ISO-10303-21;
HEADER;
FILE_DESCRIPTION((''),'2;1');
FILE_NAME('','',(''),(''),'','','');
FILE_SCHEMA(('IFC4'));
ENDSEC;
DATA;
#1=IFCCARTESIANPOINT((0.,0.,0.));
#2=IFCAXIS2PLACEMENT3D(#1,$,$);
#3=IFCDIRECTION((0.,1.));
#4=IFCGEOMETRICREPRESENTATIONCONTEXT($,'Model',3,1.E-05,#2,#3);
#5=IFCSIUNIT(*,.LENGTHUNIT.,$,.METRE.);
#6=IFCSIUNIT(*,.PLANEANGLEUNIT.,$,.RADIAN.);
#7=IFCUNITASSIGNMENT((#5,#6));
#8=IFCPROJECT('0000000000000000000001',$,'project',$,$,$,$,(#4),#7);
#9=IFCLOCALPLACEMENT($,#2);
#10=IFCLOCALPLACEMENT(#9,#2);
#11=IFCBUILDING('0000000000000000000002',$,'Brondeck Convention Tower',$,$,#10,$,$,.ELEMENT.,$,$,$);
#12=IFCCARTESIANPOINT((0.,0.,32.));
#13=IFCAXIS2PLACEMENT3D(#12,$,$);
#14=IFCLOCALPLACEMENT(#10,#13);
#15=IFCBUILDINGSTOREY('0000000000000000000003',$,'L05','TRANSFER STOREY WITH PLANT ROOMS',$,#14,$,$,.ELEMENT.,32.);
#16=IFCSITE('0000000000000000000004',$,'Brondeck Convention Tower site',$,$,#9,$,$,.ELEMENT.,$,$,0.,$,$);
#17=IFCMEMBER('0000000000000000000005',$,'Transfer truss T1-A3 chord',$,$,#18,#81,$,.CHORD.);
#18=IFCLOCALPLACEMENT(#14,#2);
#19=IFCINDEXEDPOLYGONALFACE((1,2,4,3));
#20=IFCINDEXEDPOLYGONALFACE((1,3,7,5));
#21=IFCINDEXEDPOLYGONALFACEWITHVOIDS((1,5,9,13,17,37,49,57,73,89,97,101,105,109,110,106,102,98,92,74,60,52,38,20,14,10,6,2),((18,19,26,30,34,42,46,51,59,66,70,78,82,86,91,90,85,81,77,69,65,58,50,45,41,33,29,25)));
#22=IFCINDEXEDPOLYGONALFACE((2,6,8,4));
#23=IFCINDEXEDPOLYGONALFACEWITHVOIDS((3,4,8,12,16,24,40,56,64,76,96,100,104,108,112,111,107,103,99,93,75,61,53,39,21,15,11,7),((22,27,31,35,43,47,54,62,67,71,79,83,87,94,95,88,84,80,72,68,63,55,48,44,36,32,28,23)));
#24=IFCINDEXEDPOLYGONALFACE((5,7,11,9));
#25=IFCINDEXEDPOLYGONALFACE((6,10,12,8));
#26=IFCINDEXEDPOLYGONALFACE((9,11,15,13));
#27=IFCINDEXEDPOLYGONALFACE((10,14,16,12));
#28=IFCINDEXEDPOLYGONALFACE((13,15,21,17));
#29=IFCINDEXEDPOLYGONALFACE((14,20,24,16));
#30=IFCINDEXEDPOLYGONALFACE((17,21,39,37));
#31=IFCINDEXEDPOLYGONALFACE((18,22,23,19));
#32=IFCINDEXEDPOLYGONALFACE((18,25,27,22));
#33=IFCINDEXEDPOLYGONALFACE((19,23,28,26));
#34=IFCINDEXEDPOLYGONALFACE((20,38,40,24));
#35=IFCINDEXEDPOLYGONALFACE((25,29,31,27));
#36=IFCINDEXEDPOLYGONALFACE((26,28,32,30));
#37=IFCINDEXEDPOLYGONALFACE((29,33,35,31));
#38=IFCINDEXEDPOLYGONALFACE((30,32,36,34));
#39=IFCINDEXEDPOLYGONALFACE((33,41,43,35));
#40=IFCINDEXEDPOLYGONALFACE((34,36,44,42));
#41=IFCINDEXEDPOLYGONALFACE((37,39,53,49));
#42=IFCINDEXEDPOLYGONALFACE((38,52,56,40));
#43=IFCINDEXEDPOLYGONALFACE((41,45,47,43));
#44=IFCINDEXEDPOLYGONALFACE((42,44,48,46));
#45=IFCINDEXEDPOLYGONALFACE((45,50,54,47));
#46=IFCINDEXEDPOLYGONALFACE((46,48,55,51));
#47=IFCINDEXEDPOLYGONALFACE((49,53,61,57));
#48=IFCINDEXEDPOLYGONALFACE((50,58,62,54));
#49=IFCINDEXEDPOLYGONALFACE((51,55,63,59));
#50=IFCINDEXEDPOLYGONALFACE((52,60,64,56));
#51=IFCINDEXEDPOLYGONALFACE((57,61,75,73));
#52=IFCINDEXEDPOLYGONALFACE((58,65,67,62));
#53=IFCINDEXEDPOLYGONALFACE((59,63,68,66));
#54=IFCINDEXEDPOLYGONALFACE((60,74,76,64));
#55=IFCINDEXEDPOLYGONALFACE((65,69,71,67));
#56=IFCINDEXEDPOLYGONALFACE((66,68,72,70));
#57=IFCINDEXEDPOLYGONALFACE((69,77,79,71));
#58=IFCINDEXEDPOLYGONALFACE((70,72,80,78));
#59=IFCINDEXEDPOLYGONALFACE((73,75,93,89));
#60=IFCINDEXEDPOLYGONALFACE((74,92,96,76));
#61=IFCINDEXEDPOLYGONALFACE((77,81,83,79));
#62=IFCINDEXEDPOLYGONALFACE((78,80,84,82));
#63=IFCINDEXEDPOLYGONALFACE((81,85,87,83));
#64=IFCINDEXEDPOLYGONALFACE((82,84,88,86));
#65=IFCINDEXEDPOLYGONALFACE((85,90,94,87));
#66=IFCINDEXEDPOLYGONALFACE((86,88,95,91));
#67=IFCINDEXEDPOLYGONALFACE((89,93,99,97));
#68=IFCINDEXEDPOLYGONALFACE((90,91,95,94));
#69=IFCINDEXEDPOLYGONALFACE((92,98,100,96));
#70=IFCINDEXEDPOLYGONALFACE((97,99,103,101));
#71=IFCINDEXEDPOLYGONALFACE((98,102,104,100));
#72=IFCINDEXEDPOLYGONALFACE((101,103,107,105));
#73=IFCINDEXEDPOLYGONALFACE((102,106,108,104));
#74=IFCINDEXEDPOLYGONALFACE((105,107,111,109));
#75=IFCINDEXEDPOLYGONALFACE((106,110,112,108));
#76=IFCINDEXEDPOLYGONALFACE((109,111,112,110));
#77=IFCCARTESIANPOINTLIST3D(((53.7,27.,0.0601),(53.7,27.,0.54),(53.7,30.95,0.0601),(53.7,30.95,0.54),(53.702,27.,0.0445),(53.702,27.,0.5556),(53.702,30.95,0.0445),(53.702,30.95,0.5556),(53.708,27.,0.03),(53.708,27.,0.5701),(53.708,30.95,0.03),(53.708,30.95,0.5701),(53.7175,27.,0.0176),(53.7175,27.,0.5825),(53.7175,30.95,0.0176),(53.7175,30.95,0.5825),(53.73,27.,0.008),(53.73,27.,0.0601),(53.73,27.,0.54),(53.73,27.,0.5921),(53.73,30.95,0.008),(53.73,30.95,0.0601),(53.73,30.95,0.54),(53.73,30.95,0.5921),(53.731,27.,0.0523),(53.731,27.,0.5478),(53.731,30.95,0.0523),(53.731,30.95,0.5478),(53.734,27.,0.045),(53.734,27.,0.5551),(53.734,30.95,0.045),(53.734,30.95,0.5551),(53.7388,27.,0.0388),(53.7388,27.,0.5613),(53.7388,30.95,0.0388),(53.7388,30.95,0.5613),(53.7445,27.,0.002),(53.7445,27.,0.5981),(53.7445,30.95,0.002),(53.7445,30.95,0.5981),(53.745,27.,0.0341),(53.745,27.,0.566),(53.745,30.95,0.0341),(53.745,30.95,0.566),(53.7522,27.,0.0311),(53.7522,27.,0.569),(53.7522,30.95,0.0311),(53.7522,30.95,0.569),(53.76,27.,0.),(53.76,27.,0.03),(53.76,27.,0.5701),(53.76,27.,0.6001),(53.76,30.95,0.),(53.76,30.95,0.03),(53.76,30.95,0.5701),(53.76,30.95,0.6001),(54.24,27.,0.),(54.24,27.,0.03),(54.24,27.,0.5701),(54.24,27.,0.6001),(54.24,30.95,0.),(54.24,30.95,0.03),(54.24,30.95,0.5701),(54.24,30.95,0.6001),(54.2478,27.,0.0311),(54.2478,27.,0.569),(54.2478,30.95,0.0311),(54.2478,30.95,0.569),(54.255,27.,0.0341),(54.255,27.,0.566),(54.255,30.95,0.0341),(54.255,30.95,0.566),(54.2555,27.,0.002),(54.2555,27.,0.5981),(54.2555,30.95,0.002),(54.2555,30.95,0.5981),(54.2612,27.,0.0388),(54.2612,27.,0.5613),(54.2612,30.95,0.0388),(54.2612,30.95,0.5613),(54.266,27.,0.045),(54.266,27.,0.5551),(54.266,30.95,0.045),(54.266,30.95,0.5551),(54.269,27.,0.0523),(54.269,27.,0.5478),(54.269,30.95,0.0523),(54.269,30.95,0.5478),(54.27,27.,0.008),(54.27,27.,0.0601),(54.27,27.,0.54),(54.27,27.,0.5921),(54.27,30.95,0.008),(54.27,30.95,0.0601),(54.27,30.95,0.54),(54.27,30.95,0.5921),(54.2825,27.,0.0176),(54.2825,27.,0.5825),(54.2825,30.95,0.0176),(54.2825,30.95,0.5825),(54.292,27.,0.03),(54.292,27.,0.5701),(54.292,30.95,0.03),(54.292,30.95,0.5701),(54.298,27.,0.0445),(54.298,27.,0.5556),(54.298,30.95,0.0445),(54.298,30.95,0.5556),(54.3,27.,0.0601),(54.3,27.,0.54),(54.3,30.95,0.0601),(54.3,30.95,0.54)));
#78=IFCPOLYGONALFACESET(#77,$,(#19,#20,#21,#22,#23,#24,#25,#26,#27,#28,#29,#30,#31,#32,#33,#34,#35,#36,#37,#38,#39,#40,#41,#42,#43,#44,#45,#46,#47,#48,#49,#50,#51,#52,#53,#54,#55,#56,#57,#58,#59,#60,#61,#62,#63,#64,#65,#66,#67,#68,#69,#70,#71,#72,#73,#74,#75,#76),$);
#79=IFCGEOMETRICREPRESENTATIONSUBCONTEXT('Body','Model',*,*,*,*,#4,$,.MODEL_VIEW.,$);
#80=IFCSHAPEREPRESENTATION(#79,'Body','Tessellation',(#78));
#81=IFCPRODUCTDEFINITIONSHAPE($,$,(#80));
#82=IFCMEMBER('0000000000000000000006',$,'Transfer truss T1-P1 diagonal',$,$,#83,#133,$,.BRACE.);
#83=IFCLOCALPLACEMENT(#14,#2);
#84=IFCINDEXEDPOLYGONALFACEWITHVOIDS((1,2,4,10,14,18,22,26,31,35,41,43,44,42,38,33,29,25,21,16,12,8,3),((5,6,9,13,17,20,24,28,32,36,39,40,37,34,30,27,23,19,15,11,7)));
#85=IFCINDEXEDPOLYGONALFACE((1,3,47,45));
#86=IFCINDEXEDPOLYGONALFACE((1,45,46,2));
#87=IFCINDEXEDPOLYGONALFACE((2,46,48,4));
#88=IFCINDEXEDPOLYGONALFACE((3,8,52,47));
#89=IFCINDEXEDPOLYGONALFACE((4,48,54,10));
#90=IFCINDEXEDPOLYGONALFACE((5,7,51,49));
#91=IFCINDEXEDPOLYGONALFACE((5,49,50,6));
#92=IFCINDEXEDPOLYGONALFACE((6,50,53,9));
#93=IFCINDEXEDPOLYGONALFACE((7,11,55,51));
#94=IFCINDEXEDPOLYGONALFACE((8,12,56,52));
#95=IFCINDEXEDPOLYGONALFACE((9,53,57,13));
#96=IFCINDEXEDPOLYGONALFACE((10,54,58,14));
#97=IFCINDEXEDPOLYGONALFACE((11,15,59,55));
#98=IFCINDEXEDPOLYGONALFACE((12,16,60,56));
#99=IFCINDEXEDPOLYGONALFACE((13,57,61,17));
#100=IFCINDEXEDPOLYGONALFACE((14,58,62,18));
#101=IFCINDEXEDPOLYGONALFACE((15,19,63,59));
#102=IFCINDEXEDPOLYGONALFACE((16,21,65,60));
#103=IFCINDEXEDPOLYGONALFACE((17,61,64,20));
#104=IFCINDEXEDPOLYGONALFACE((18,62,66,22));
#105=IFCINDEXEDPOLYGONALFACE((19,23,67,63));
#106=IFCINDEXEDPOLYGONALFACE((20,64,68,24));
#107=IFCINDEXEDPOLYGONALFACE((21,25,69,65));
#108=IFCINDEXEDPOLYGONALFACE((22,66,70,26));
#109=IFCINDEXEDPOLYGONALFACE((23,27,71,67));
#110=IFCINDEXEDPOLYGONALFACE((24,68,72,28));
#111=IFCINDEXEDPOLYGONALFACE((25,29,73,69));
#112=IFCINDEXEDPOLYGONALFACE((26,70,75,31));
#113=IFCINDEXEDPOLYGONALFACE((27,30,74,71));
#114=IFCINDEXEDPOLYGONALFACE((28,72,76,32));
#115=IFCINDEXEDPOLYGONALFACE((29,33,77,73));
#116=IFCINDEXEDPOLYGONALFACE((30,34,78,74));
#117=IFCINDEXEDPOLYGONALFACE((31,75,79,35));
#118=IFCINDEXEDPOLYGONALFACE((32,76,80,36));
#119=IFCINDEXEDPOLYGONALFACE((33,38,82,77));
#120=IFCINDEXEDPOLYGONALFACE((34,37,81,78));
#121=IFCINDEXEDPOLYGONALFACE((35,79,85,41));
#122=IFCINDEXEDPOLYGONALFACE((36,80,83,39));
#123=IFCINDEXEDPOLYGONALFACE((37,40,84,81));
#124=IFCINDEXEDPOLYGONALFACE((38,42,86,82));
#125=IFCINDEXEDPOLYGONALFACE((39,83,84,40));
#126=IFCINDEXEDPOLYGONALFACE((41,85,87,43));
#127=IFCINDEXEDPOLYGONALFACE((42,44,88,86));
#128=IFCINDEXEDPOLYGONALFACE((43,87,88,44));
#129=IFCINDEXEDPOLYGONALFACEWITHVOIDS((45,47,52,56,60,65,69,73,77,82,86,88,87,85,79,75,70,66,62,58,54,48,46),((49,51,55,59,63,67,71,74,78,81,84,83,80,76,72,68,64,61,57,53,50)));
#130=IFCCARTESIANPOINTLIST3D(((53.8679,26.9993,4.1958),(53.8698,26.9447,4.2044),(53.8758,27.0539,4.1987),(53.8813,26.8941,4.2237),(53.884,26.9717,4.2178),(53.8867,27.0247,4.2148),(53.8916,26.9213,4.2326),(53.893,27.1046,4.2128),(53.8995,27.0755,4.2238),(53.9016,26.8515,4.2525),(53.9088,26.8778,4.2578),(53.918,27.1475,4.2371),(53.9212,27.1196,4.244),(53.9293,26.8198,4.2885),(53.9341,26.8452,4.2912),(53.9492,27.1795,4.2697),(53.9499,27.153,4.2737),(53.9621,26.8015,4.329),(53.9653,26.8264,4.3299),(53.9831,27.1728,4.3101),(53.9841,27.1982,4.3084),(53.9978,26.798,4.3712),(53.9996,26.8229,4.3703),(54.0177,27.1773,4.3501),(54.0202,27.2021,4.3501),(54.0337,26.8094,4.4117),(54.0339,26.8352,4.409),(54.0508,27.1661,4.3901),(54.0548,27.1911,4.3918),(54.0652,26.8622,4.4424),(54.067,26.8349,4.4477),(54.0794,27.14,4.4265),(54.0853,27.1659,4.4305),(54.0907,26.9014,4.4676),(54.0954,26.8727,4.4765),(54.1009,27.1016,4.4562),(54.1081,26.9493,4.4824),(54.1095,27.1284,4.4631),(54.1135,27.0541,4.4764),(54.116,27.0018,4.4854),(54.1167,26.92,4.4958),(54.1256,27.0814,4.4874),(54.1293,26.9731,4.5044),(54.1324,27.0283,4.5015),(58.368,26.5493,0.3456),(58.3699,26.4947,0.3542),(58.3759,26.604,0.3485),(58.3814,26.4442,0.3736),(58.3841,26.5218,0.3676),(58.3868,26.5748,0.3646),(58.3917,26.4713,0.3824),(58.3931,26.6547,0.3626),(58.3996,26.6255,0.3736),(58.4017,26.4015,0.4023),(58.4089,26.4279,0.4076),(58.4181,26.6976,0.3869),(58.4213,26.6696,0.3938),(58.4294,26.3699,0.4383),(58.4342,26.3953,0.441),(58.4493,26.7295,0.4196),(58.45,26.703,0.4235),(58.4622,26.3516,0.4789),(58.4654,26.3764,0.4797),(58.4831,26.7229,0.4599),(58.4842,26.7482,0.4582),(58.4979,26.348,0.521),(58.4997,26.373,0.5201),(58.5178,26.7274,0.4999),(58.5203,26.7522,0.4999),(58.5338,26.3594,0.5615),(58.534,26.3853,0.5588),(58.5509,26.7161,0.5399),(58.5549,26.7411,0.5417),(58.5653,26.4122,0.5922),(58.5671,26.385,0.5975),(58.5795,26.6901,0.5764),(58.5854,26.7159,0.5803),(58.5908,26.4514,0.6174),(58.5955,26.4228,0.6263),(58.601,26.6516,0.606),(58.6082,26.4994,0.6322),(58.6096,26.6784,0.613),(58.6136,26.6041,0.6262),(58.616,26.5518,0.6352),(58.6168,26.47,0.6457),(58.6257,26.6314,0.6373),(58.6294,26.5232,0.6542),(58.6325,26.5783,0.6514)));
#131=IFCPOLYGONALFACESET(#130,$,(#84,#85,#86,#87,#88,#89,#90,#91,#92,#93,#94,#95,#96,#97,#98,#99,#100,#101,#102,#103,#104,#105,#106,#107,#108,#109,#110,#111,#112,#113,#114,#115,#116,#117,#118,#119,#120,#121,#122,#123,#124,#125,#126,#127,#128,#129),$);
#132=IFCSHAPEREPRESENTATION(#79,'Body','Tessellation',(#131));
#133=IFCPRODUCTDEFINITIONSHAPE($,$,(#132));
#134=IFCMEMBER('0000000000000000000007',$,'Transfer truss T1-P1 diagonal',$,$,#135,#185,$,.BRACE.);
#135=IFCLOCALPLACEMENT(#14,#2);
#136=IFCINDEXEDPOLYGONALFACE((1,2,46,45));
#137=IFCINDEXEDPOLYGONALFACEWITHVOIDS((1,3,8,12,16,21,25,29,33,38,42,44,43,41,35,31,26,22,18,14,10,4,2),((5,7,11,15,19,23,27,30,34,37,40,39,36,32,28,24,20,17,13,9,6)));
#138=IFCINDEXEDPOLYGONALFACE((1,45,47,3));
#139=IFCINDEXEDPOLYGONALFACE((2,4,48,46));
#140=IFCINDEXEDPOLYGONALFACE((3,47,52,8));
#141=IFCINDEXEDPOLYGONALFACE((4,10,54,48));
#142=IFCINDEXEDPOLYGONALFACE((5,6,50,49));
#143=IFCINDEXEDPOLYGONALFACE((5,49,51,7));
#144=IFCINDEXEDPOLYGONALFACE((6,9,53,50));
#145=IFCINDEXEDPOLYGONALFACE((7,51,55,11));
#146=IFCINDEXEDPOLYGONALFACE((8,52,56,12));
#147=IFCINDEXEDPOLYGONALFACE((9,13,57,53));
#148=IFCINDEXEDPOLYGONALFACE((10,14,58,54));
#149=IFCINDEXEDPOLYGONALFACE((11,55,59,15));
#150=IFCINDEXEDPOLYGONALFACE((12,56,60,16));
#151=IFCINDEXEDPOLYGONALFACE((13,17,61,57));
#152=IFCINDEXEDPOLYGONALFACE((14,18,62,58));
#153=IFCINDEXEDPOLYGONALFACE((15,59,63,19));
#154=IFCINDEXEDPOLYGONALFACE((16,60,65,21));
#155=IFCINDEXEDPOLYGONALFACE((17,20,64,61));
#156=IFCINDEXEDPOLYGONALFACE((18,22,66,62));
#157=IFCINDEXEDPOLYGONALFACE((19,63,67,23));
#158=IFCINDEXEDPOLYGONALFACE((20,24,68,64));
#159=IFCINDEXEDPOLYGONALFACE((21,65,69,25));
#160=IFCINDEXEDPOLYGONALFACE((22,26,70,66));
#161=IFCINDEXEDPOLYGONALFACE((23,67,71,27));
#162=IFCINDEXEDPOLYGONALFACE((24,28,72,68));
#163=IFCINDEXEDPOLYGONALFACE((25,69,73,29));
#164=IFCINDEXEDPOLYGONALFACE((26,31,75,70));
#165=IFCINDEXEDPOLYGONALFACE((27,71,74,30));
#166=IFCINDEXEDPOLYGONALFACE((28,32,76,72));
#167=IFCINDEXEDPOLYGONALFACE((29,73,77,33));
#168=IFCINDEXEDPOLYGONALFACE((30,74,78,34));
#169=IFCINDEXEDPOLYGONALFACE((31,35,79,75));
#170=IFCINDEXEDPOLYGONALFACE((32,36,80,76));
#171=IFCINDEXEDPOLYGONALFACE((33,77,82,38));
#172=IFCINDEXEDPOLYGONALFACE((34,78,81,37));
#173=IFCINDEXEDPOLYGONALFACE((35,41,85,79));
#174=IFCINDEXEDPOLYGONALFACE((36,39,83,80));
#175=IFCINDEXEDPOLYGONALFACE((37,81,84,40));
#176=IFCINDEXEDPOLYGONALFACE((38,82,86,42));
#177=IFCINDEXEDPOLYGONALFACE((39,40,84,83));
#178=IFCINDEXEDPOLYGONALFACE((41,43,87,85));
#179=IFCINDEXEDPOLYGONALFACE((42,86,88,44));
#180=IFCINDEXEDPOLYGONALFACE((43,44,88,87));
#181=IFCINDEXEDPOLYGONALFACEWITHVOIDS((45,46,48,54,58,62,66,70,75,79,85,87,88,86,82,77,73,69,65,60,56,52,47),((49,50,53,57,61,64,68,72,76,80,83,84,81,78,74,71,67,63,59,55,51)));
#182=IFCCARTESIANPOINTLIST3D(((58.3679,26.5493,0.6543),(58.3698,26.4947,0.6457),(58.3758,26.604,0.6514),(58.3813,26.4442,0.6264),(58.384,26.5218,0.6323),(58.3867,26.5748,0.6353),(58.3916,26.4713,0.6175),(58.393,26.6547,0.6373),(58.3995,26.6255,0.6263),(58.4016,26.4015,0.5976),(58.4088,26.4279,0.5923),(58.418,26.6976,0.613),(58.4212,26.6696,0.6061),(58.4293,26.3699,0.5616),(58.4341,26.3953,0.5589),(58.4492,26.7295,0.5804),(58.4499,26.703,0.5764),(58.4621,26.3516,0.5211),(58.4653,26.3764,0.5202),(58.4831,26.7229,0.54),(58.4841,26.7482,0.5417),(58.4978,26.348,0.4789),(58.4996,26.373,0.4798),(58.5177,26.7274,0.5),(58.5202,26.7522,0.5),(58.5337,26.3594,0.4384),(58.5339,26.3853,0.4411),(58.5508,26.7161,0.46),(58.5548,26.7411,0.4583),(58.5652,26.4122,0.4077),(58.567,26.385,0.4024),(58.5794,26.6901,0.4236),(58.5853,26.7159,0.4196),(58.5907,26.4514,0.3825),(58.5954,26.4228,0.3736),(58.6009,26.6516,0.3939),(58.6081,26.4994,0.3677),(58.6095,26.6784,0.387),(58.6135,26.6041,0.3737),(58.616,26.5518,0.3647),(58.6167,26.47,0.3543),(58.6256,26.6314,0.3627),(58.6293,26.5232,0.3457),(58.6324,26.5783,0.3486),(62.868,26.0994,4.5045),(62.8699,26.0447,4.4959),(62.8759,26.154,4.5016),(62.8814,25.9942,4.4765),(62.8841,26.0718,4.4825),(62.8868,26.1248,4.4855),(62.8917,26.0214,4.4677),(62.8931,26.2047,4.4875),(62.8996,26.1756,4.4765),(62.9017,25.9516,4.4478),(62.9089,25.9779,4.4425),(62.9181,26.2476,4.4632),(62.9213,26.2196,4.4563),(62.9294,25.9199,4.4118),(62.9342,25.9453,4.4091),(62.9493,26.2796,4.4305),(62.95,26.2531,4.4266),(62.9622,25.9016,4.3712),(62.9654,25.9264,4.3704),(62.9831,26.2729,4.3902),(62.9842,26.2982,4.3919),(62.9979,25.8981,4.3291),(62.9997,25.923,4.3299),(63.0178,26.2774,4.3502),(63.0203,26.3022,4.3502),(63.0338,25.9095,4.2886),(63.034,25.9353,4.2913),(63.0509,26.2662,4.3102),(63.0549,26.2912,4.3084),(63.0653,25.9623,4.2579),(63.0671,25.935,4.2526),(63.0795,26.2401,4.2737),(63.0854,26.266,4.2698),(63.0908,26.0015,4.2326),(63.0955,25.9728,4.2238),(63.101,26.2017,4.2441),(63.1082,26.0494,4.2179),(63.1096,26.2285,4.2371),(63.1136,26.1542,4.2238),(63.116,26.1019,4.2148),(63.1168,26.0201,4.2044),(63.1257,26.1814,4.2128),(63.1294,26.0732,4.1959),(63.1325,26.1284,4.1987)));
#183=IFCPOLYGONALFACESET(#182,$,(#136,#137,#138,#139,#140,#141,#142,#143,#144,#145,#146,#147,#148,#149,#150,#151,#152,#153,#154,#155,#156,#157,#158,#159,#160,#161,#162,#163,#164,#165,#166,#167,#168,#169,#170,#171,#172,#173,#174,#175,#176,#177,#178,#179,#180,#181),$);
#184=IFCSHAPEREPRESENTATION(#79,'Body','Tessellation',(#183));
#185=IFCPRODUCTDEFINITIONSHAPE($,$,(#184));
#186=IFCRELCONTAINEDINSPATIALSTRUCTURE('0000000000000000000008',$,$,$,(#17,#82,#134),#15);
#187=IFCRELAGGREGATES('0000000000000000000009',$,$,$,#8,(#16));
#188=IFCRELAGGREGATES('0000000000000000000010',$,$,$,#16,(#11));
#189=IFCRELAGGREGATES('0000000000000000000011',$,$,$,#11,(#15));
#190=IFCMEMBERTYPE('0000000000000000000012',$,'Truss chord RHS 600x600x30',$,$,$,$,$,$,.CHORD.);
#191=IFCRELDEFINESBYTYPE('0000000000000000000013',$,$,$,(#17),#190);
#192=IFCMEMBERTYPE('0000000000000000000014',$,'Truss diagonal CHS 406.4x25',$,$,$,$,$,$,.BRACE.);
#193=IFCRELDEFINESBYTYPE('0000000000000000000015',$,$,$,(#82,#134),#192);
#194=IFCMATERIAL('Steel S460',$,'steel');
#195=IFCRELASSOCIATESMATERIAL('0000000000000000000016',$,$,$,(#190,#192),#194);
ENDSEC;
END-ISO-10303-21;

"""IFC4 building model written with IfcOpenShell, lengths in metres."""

from ifc_helpers import new_model, si_unit, direction, frame, origin, origin_2d, place, context, subcontext, project, spatial, hollow_rectangle, hollow_circle, extrude, material, material_profile, profile_set, type_object, element, save


model = new_model("IFC4")

# Units and contexts
model_context = context("Model", 3, precision=1e-05, world=origin(), true_north=direction((0.0, 1.0)))
body_context = subcontext(model_context, "Body", "Model", "MODEL_VIEW")
ifc_project = project(units=[si_unit("LENGTHUNIT", "METRE"), si_unit("PLANEANGLEUNIT", "RADIAN")], contexts=[model_context])

# Site, building, storey
site_placement = place(None, origin())
site = spatial("IfcSite", under=ifc_project, at=site_placement, Name="Brondeck Convention Tower site", CompositionType="ELEMENT", RefElevation=0.0)
building_placement = place(site_placement, origin())
building = spatial("IfcBuilding", under=site, at=building_placement, Name="Brondeck Convention Tower", CompositionType="ELEMENT")
storey_placement = place(building_placement, frame((0.0, 0.0, 32.0)))
storey = spatial("IfcBuildingStorey", under=building, at=storey_placement, Name="L05", Description="TRANSFER STOREY WITH PLANT ROOMS", CompositionType="ELEMENT", Elevation=32.0)

# Shared definitions
ifc_material_1 = material(Name="Steel S460", Category="steel")

# Members
ifc_material_profile_1 = material_profile(ifc_material_1, hollow_rectangle(XDim=0.6001, YDim=0.6001, WallThickness=0.03, InnerFilletRadius=0.03, OuterFilletRadius=0.0601, at=origin_2d()), Name="RHS 600x600x30")
ifc_profile_set_1 = profile_set([ifc_material_profile_1], Name="Steel S460")
member_type_1 = type_object("IfcMemberType", Name="Truss chord RHS 600x600x30", PredefinedType="CHORD", material=ifc_profile_set_1)
member_1_placement = place(storey_placement, frame((54.0, 27.0, 0.3), z_axis=(0.0, 1.0, 0.0), x_axis=(-1.0, 0.0, 0.0)))
element("IfcMember", 1, at=member_1_placement, inside=storey, type_object=member_type_1, Name="Transfer truss T1-A3 chord", PredefinedType="CHORD", context=body_context, shape_type="SweptSolid", body=[
    extrude(hollow_rectangle(XDim=0.6001, YDim=0.6001, WallThickness=0.03, InnerFilletRadius=0.03, OuterFilletRadius=0.0601, at=origin_2d()), origin(), (0.0, 0.0, 1.0), 3.95),
])
ifc_material_profile_2 = material_profile(ifc_material_1, hollow_circle(Radius=0.2031, WallThickness=0.0249, at=origin_2d()), Name="CHS 406.4x25")
ifc_profile_set_2 = profile_set([ifc_material_profile_2], Name="Steel S460")
member_type_2 = type_object("IfcMemberType", Name="Truss diagonal CHS 406.4x25", PredefinedType="BRACE", material=ifc_profile_set_2)
for number, where, z_axis, x_axis, name in (
    (2, (54.0, 27.0, 4.3501), (0.75766, -0.075758, -0.648237), (0.099493, 0.995038, 0.0), "Transfer truss T1-P1 diagonal"),
    (3, (58.5, 26.55, 0.5), (0.75766, -0.075758, 0.648237), (0.099493, 0.995038, 0.0), "Transfer truss T1-P1 diagonal"),
):
    element("IfcMember", number, at=place(storey_placement, frame(where, z_axis=z_axis, x_axis=x_axis)), inside=storey, type_object=member_type_2, Name=name, PredefinedType="BRACE", context=body_context, shape_type="SweptSolid", body=[
        extrude(hollow_circle(Radius=0.2031, WallThickness=0.0249, at=origin_2d()), origin(), (0.0, 0.0, 1.0), 5.9395),
    ])

save(model, "model.ifc")
